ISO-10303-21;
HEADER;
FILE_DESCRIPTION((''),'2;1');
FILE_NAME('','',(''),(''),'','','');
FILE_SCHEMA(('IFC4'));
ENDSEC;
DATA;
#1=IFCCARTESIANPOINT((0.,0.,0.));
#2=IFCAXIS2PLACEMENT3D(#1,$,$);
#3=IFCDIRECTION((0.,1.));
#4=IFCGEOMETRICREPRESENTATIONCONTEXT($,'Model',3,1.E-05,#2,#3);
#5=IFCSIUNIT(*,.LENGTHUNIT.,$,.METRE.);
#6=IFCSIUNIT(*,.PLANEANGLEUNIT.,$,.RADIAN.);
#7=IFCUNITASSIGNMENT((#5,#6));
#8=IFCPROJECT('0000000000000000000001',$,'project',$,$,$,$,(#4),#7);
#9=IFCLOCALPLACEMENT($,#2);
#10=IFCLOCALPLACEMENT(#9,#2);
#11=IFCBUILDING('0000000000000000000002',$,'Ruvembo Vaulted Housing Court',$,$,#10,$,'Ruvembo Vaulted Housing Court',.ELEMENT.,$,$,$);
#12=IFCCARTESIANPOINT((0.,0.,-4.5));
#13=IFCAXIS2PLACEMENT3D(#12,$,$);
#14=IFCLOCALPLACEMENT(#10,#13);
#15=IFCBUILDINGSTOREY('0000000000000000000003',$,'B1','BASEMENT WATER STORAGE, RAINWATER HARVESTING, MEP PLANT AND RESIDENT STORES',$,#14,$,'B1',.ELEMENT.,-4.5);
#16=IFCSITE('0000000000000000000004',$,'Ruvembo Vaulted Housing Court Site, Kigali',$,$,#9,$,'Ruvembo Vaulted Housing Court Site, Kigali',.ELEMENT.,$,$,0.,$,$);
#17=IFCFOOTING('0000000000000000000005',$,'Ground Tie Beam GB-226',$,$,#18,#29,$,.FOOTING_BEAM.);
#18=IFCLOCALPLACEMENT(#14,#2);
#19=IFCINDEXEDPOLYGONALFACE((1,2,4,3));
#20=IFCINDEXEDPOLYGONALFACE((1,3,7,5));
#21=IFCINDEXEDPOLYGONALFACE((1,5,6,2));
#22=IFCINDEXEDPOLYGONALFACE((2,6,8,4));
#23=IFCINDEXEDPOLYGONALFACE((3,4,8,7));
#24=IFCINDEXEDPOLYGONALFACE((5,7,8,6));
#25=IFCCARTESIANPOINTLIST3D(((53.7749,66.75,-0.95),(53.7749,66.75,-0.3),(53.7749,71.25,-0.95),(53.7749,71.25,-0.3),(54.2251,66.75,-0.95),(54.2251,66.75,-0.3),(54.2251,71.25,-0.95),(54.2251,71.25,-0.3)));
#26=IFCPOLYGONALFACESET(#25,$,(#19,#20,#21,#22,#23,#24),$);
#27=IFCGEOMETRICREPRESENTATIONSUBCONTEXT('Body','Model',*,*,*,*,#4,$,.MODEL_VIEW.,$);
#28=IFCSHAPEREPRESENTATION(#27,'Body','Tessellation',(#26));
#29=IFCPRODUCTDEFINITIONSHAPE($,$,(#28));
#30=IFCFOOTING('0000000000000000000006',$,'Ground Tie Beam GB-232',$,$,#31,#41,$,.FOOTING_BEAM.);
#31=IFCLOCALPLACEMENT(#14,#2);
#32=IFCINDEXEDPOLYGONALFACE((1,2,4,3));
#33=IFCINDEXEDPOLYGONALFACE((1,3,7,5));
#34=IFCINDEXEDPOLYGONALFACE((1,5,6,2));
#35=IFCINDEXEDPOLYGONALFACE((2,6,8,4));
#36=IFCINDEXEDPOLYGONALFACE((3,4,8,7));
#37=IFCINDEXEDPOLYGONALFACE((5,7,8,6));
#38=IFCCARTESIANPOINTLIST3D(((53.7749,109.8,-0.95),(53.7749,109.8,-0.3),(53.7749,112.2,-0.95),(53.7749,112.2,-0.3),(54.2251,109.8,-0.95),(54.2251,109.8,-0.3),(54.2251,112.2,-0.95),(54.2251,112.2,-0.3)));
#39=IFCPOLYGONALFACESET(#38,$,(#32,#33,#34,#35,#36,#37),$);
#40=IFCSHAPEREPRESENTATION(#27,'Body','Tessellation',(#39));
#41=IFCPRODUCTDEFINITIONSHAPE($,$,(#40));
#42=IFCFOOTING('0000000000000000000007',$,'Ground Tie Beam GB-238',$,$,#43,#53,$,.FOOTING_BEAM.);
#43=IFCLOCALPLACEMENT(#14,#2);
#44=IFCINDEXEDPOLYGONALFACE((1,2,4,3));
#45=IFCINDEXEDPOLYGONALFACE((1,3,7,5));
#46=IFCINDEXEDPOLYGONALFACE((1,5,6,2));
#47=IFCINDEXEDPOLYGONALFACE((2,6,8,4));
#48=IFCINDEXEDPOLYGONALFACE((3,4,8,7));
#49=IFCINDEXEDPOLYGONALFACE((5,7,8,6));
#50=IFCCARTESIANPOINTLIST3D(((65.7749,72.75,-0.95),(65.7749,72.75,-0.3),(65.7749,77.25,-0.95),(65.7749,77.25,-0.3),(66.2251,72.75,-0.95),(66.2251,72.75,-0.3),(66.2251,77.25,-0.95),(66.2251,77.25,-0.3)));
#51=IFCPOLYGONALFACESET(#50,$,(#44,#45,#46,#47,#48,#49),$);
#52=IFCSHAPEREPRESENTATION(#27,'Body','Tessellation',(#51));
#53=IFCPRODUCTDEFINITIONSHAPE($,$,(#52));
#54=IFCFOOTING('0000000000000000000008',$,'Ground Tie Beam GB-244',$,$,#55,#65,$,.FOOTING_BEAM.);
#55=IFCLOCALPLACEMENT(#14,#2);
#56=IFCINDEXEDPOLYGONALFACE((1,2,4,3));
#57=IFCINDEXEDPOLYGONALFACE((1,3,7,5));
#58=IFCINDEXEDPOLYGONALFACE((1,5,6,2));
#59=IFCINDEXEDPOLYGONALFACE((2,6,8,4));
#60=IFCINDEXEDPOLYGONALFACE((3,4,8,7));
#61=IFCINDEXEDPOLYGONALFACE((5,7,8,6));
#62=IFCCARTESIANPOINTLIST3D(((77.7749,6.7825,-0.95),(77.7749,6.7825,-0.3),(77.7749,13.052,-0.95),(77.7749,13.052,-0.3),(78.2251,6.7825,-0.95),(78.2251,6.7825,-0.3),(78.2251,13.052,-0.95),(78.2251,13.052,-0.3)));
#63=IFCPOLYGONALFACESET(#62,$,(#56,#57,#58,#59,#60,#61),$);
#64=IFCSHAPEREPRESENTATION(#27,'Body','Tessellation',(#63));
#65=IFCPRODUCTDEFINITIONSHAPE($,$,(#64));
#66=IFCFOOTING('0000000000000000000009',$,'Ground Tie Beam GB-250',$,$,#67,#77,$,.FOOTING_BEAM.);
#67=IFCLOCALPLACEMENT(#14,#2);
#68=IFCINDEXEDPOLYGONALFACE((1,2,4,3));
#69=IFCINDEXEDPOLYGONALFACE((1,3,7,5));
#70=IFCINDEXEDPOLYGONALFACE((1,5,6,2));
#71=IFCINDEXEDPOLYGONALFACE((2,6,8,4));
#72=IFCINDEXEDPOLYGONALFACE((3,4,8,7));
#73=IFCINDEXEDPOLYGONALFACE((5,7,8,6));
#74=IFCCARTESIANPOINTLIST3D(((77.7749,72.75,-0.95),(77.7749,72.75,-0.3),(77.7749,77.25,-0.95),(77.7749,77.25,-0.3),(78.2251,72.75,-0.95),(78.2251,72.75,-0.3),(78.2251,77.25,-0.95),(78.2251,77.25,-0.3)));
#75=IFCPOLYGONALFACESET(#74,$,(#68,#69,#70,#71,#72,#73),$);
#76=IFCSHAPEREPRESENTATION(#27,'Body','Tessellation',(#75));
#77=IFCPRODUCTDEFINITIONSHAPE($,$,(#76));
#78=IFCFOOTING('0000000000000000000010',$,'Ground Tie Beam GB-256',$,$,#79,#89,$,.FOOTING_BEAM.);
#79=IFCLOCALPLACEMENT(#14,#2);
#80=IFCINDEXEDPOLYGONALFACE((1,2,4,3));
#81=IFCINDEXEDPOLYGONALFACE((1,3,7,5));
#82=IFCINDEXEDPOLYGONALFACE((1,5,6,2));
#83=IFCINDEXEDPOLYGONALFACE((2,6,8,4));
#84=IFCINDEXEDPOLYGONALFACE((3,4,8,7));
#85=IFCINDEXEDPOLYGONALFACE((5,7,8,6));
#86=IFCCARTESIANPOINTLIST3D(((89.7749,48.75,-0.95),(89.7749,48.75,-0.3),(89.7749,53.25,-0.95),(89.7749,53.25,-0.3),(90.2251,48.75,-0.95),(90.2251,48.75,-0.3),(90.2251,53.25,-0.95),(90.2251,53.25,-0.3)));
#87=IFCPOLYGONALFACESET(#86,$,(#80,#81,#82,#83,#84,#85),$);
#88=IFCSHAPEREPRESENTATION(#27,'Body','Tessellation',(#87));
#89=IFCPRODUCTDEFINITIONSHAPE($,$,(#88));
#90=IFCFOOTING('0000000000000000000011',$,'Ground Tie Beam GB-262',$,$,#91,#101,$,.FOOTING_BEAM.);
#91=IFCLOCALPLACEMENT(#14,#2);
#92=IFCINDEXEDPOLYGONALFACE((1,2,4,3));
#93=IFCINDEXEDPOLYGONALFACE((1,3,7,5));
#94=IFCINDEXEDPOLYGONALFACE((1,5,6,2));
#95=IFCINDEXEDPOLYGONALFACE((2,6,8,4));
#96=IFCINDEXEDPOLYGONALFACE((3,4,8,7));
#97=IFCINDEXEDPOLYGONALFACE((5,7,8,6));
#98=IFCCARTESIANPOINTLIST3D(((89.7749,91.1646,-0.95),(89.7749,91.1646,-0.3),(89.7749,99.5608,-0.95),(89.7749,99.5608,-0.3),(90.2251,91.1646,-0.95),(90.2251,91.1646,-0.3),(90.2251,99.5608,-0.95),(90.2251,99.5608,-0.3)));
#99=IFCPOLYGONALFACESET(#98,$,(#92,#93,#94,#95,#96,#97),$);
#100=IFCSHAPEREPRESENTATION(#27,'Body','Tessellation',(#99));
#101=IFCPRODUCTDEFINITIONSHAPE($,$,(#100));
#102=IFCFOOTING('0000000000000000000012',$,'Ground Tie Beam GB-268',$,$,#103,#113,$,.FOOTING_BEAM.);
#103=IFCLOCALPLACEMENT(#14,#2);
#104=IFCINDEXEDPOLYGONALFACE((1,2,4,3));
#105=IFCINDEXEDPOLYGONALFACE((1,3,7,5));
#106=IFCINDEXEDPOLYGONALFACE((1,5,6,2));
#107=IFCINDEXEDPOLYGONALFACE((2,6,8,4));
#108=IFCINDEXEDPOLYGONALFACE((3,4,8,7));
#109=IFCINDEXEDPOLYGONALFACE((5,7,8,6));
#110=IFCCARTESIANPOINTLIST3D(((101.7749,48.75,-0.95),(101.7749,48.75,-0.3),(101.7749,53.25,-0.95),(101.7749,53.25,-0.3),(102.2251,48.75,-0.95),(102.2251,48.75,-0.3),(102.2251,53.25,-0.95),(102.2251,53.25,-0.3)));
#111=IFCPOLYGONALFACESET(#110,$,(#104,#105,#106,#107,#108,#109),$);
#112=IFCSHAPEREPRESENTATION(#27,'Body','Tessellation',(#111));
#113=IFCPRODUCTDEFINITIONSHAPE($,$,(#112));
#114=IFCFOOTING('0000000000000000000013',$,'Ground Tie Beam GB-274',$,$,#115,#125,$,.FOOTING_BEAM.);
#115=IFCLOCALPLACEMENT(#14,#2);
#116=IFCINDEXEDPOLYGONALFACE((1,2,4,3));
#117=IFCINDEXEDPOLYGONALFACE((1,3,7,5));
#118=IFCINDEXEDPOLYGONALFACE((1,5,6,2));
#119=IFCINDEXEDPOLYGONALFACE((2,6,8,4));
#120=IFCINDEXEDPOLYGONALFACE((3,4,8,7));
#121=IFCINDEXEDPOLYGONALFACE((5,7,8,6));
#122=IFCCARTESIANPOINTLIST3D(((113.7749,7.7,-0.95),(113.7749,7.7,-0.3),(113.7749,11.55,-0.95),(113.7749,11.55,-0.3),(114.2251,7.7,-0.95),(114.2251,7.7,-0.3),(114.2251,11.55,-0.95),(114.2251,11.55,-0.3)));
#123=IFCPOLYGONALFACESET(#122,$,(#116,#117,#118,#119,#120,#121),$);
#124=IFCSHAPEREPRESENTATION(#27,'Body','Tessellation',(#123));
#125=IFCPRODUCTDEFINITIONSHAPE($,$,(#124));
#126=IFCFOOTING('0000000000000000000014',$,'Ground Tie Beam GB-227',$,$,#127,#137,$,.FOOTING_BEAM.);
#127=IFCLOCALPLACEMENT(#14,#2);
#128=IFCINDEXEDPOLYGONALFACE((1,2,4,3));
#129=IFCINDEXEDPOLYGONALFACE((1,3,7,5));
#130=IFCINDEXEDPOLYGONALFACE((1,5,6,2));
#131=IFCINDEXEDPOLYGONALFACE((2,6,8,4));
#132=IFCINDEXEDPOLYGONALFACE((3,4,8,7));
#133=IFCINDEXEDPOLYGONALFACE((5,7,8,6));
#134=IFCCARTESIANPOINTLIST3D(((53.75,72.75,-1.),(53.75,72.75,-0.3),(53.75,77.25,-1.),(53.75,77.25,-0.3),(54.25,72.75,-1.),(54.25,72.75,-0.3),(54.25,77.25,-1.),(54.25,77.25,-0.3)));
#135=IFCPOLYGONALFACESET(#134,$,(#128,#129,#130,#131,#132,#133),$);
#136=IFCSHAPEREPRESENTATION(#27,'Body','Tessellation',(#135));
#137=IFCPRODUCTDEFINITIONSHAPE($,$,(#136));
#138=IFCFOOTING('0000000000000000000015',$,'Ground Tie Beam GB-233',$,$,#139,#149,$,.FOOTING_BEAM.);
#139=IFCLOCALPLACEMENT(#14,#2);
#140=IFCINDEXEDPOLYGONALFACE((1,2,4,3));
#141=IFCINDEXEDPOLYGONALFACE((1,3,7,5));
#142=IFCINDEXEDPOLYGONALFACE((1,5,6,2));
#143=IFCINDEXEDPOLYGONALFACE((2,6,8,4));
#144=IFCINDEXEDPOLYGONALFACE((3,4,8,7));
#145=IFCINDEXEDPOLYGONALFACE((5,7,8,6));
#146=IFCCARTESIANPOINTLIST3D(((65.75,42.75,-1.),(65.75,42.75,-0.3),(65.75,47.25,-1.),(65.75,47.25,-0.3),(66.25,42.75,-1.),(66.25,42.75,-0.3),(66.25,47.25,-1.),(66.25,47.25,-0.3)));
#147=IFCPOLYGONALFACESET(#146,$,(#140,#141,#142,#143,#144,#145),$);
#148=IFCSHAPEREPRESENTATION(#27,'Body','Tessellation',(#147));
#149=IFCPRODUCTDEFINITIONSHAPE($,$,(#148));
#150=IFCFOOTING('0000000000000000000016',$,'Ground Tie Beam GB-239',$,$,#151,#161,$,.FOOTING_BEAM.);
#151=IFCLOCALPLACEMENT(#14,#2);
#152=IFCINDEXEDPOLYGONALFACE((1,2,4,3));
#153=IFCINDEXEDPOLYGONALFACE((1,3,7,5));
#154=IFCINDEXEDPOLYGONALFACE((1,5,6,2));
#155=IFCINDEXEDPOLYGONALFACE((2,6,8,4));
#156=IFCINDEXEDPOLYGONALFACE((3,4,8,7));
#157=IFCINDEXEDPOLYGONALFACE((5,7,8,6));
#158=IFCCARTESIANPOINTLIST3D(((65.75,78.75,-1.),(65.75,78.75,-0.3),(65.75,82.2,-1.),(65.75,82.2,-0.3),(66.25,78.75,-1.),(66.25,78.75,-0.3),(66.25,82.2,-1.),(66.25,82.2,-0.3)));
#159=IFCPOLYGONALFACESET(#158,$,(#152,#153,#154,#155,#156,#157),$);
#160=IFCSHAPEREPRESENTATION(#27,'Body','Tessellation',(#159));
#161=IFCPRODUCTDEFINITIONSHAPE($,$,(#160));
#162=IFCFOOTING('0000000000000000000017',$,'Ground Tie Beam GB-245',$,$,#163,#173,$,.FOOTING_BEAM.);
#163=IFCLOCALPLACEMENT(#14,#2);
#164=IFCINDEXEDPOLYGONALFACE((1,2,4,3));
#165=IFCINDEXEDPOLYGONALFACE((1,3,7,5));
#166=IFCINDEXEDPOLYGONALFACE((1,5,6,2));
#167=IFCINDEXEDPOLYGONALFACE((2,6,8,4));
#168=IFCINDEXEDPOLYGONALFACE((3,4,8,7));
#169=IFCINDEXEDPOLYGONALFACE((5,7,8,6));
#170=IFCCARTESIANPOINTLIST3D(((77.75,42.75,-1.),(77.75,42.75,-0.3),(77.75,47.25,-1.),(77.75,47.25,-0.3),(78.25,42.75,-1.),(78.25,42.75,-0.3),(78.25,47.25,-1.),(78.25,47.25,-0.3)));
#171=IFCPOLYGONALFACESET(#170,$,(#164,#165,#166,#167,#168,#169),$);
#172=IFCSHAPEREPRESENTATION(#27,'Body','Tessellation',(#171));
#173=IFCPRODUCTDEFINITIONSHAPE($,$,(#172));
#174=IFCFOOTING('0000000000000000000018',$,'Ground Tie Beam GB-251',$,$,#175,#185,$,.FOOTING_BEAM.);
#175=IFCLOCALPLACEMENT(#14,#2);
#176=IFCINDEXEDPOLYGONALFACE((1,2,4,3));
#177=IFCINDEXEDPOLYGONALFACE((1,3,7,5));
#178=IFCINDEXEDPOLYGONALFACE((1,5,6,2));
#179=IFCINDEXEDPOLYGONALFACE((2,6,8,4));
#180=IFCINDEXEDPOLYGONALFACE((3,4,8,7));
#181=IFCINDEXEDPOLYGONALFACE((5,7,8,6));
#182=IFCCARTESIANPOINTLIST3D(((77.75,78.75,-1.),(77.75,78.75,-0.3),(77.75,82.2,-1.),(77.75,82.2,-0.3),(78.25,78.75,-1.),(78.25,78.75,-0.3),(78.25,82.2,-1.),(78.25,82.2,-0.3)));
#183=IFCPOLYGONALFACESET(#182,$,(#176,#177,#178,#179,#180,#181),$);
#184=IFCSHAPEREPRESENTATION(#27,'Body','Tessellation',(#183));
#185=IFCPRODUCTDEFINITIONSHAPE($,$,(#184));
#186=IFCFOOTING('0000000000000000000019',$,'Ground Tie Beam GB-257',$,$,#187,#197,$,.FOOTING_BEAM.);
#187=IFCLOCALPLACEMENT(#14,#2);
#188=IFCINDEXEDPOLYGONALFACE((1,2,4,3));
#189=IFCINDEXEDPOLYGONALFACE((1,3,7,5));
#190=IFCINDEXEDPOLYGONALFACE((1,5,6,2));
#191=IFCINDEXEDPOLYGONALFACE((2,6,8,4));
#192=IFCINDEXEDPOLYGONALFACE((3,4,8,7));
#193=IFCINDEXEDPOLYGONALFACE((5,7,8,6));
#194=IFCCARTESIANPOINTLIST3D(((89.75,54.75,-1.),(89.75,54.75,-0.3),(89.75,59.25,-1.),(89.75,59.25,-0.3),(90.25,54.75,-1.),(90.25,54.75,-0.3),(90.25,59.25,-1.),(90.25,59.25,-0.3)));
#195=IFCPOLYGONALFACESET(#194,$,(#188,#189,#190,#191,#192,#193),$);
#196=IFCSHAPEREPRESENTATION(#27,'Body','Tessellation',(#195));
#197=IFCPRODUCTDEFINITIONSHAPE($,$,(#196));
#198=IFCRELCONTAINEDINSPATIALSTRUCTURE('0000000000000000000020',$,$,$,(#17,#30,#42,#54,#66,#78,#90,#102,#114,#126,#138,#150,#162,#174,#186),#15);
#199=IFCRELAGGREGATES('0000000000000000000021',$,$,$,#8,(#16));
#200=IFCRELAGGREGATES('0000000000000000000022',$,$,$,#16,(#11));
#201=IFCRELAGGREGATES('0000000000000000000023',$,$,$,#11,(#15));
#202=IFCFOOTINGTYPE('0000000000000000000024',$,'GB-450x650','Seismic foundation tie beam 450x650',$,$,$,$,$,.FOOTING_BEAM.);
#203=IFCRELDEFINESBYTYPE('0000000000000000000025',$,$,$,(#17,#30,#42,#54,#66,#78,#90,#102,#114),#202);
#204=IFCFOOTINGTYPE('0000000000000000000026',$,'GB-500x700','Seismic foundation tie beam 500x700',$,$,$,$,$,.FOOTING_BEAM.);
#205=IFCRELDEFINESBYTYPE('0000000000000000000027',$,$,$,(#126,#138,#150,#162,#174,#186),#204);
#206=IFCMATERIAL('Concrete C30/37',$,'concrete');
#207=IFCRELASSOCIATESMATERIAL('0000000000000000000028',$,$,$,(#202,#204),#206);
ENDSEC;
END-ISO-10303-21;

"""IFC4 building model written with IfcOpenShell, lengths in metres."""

from ifc_helpers import new_model, si_unit, direction, frame, origin, place, context, subcontext, project, spatial, polyline, outline, extrude, material, type_object, element, save


model = new_model("IFC4")

# Units and contexts
model_context = context("Model", 3, precision=1e-05, world=origin(), true_north=direction((0.0, 1.0)))
body_context = subcontext(model_context, "Body", "Model", "MODEL_VIEW")
ifc_project = project(units=[si_unit("LENGTHUNIT", "METRE"), si_unit("PLANEANGLEUNIT", "RADIAN")], contexts=[model_context])

# Site, building, storey
site_placement = place(None, origin())
site = spatial("IfcSite", under=ifc_project, at=site_placement, Name="Ruvembo Vaulted Housing Court Site, Kigali", LongName="Ruvembo Vaulted Housing Court Site, Kigali", CompositionType="ELEMENT", RefElevation=0.0)
building_placement = place(site_placement, origin())
building = spatial("IfcBuilding", under=site, at=building_placement, Name="Ruvembo Vaulted Housing Court", LongName="Ruvembo Vaulted Housing Court", CompositionType="ELEMENT")
storey_placement = place(building_placement, frame((0.0, 0.0, -4.5)))
storey = spatial("IfcBuildingStorey", under=building, at=storey_placement, Name="B1", Description="BASEMENT WATER STORAGE, RAINWATER HARVESTING, MEP PLANT AND RESIDENT STORES", LongName="B1", CompositionType="ELEMENT", Elevation=-4.5)

# Footings
ifc_material = material(Name="Concrete C30/37", Category="concrete")
footing_type_1 = type_object("IfcFootingType", Name="GB-450x650", Description="Seismic foundation tie beam 450x650", PredefinedType="FOOTING_BEAM", material=ifc_material)
footing_1_placement = place(storey_placement, frame((0.0, 0.0, -0.95)))
element("IfcFooting", 1, at=footing_1_placement, inside=storey, type_object=footing_type_1, Name="Ground Tie Beam GB-226", PredefinedType="FOOTING_BEAM", context=body_context, shape_type="SweptSolid", body=[
    extrude(outline(polyline([(53.7749, 66.75), (54.2251, 66.75), (54.2251, 71.25), (53.7749, 71.25), (53.7749, 66.75)])), origin(), (0.0, 0.0, 1.0), 0.6499),
])
footing_2_placement = place(storey_placement, frame((0.0, 0.0, -0.95)))
element("IfcFooting", 2, at=footing_2_placement, inside=storey, type_object=footing_type_1, Name="Ground Tie Beam GB-232", PredefinedType="FOOTING_BEAM", context=body_context, shape_type="SweptSolid", body=[
    extrude(outline(polyline([(53.7749, 109.8), (54.2251, 109.8), (54.2251, 112.2), (53.7749, 112.2), (53.7749, 109.8)])), origin(), (0.0, 0.0, 1.0), 0.6499),
])
footing_3_placement = place(storey_placement, frame((0.0, 0.0, -0.95)))
element("IfcFooting", 3, at=footing_3_placement, inside=storey, type_object=footing_type_1, Name="Ground Tie Beam GB-238", PredefinedType="FOOTING_BEAM", context=body_context, shape_type="SweptSolid", body=[
    extrude(outline(polyline([(65.7749, 72.75), (66.2251, 72.75), (66.2251, 77.25), (65.7749, 77.25), (65.7749, 72.75)])), origin(), (0.0, 0.0, 1.0), 0.6499),
])
footing_4_placement = place(storey_placement, frame((0.0, 0.0, -0.95)))
element("IfcFooting", 4, at=footing_4_placement, inside=storey, type_object=footing_type_1, Name="Ground Tie Beam GB-244", PredefinedType="FOOTING_BEAM", context=body_context, shape_type="SweptSolid", body=[
    extrude(outline(polyline([(77.7749, 6.7825), (78.2251, 6.7825), (78.2251, 13.052), (77.7749, 13.052), (77.7749, 6.7825)])), origin(), (0.0, 0.0, 1.0), 0.6499),
])
footing_5_placement = place(storey_placement, frame((0.0, 0.0, -0.95)))
element("IfcFooting", 5, at=footing_5_placement, inside=storey, type_object=footing_type_1, Name="Ground Tie Beam GB-250", PredefinedType="FOOTING_BEAM", context=body_context, shape_type="SweptSolid", body=[
    extrude(outline(polyline([(77.7749, 72.75), (78.2251, 72.75), (78.2251, 77.25), (77.7749, 77.25), (77.7749, 72.75)])), origin(), (0.0, 0.0, 1.0), 0.6499),
])
footing_6_placement = place(storey_placement, frame((0.0, 0.0, -0.95)))
element("IfcFooting", 6, at=footing_6_placement, inside=storey, type_object=footing_type_1, Name="Ground Tie Beam GB-256", PredefinedType="FOOTING_BEAM", context=body_context, shape_type="SweptSolid", body=[
    extrude(outline(polyline([(89.7749, 48.75), (90.2251, 48.75), (90.2251, 53.25), (89.7749, 53.25), (89.7749, 48.75)])), origin(), (0.0, 0.0, 1.0), 0.6499),
])
footing_7_placement = place(storey_placement, frame((0.0, 0.0, -0.95)))
element("IfcFooting", 7, at=footing_7_placement, inside=storey, type_object=footing_type_1, Name="Ground Tie Beam GB-262", PredefinedType="FOOTING_BEAM", context=body_context, shape_type="SweptSolid", body=[
    extrude(outline(polyline([(89.7749, 91.1646), (90.2251, 91.1646), (90.2251, 99.5608), (89.7749, 99.5608), (89.7749, 91.1646)])), origin(), (0.0, 0.0, 1.0), 0.6499),
])
footing_8_placement = place(storey_placement, frame((0.0, 0.0, -0.95)))
element("IfcFooting", 8, at=footing_8_placement, inside=storey, type_object=footing_type_1, Name="Ground Tie Beam GB-268", PredefinedType="FOOTING_BEAM", context=body_context, shape_type="SweptSolid", body=[
    extrude(outline(polyline([(101.7749, 48.75), (102.2251, 48.75), (102.2251, 53.25), (101.7749, 53.25), (101.7749, 48.75)])), origin(), (0.0, 0.0, 1.0), 0.6499),
])
footing_9_placement = place(storey_placement, frame((0.0, 0.0, -0.95)))
element("IfcFooting", 9, at=footing_9_placement, inside=storey, type_object=footing_type_1, Name="Ground Tie Beam GB-274", PredefinedType="FOOTING_BEAM", context=body_context, shape_type="SweptSolid", body=[
    extrude(outline(polyline([(113.7749, 7.7), (114.2251, 7.7), (114.2251, 11.55), (113.7749, 11.55), (113.7749, 7.7)])), origin(), (0.0, 0.0, 1.0), 0.6499),
])
footing_type_2 = type_object("IfcFootingType", Name="GB-500x700", Description="Seismic foundation tie beam 500x700", PredefinedType="FOOTING_BEAM", material=ifc_material)
footing_10_placement = place(storey_placement, frame((0.0, 0.0, -1.0)))
element("IfcFooting", 10, at=footing_10_placement, inside=storey, type_object=footing_type_2, Name="Ground Tie Beam GB-227", PredefinedType="FOOTING_BEAM", context=body_context, shape_type="SweptSolid", body=[
    extrude(outline(polyline([(53.75, 72.75), (54.25, 72.75), (54.25, 77.25), (53.75, 77.25), (53.75, 72.75)])), origin(), (0.0, 0.0, 1.0), 0.7),
])
footing_11_placement = place(storey_placement, frame((0.0, 0.0, -1.0)))
element("IfcFooting", 11, at=footing_11_placement, inside=storey, type_object=footing_type_2, Name="Ground Tie Beam GB-233", PredefinedType="FOOTING_BEAM", context=body_context, shape_type="SweptSolid", body=[
    extrude(outline(polyline([(65.75, 42.75), (66.25, 42.75), (66.25, 47.25), (65.75, 47.25), (65.75, 42.75)])), origin(), (0.0, 0.0, 1.0), 0.7),
])
footing_12_placement = place(storey_placement, frame((0.0, 0.0, -1.0)))
element("IfcFooting", 12, at=footing_12_placement, inside=storey, type_object=footing_type_2, Name="Ground Tie Beam GB-239", PredefinedType="FOOTING_BEAM", context=body_context, shape_type="SweptSolid", body=[
    extrude(outline(polyline([(65.75, 78.75), (66.25, 78.75), (66.25, 82.2), (65.75, 82.2), (65.75, 78.75)])), origin(), (0.0, 0.0, 1.0), 0.7),
])
footing_13_placement = place(storey_placement, frame((0.0, 0.0, -1.0)))
element("IfcFooting", 13, at=footing_13_placement, inside=storey, type_object=footing_type_2, Name="Ground Tie Beam GB-245", PredefinedType="FOOTING_BEAM", context=body_context, shape_type="SweptSolid", body=[
    extrude(outline(polyline([(77.75, 42.75), (78.25, 42.75), (78.25, 47.25), (77.75, 47.25), (77.75, 42.75)])), origin(), (0.0, 0.0, 1.0), 0.7),
])
footing_14_placement = place(storey_placement, frame((0.0, 0.0, -1.0)))
element("IfcFooting", 14, at=footing_14_placement, inside=storey, type_object=footing_type_2, Name="Ground Tie Beam GB-251", PredefinedType="FOOTING_BEAM", context=body_context, shape_type="SweptSolid", body=[
    extrude(outline(polyline([(77.75, 78.75), (78.25, 78.75), (78.25, 82.2), (77.75, 82.2), (77.75, 78.75)])), origin(), (0.0, 0.0, 1.0), 0.7),
])
footing_15_placement = place(storey_placement, frame((0.0, 0.0, -1.0)))
element("IfcFooting", 15, at=footing_15_placement, inside=storey, type_object=footing_type_2, Name="Ground Tie Beam GB-257", PredefinedType="FOOTING_BEAM", context=body_context, shape_type="SweptSolid", body=[
    extrude(outline(polyline([(89.75, 54.75), (90.25, 54.75), (90.25, 59.25), (89.75, 59.25), (89.75, 54.75)])), origin(), (0.0, 0.0, 1.0), 0.7),
])

save(model, "model.ifc")
